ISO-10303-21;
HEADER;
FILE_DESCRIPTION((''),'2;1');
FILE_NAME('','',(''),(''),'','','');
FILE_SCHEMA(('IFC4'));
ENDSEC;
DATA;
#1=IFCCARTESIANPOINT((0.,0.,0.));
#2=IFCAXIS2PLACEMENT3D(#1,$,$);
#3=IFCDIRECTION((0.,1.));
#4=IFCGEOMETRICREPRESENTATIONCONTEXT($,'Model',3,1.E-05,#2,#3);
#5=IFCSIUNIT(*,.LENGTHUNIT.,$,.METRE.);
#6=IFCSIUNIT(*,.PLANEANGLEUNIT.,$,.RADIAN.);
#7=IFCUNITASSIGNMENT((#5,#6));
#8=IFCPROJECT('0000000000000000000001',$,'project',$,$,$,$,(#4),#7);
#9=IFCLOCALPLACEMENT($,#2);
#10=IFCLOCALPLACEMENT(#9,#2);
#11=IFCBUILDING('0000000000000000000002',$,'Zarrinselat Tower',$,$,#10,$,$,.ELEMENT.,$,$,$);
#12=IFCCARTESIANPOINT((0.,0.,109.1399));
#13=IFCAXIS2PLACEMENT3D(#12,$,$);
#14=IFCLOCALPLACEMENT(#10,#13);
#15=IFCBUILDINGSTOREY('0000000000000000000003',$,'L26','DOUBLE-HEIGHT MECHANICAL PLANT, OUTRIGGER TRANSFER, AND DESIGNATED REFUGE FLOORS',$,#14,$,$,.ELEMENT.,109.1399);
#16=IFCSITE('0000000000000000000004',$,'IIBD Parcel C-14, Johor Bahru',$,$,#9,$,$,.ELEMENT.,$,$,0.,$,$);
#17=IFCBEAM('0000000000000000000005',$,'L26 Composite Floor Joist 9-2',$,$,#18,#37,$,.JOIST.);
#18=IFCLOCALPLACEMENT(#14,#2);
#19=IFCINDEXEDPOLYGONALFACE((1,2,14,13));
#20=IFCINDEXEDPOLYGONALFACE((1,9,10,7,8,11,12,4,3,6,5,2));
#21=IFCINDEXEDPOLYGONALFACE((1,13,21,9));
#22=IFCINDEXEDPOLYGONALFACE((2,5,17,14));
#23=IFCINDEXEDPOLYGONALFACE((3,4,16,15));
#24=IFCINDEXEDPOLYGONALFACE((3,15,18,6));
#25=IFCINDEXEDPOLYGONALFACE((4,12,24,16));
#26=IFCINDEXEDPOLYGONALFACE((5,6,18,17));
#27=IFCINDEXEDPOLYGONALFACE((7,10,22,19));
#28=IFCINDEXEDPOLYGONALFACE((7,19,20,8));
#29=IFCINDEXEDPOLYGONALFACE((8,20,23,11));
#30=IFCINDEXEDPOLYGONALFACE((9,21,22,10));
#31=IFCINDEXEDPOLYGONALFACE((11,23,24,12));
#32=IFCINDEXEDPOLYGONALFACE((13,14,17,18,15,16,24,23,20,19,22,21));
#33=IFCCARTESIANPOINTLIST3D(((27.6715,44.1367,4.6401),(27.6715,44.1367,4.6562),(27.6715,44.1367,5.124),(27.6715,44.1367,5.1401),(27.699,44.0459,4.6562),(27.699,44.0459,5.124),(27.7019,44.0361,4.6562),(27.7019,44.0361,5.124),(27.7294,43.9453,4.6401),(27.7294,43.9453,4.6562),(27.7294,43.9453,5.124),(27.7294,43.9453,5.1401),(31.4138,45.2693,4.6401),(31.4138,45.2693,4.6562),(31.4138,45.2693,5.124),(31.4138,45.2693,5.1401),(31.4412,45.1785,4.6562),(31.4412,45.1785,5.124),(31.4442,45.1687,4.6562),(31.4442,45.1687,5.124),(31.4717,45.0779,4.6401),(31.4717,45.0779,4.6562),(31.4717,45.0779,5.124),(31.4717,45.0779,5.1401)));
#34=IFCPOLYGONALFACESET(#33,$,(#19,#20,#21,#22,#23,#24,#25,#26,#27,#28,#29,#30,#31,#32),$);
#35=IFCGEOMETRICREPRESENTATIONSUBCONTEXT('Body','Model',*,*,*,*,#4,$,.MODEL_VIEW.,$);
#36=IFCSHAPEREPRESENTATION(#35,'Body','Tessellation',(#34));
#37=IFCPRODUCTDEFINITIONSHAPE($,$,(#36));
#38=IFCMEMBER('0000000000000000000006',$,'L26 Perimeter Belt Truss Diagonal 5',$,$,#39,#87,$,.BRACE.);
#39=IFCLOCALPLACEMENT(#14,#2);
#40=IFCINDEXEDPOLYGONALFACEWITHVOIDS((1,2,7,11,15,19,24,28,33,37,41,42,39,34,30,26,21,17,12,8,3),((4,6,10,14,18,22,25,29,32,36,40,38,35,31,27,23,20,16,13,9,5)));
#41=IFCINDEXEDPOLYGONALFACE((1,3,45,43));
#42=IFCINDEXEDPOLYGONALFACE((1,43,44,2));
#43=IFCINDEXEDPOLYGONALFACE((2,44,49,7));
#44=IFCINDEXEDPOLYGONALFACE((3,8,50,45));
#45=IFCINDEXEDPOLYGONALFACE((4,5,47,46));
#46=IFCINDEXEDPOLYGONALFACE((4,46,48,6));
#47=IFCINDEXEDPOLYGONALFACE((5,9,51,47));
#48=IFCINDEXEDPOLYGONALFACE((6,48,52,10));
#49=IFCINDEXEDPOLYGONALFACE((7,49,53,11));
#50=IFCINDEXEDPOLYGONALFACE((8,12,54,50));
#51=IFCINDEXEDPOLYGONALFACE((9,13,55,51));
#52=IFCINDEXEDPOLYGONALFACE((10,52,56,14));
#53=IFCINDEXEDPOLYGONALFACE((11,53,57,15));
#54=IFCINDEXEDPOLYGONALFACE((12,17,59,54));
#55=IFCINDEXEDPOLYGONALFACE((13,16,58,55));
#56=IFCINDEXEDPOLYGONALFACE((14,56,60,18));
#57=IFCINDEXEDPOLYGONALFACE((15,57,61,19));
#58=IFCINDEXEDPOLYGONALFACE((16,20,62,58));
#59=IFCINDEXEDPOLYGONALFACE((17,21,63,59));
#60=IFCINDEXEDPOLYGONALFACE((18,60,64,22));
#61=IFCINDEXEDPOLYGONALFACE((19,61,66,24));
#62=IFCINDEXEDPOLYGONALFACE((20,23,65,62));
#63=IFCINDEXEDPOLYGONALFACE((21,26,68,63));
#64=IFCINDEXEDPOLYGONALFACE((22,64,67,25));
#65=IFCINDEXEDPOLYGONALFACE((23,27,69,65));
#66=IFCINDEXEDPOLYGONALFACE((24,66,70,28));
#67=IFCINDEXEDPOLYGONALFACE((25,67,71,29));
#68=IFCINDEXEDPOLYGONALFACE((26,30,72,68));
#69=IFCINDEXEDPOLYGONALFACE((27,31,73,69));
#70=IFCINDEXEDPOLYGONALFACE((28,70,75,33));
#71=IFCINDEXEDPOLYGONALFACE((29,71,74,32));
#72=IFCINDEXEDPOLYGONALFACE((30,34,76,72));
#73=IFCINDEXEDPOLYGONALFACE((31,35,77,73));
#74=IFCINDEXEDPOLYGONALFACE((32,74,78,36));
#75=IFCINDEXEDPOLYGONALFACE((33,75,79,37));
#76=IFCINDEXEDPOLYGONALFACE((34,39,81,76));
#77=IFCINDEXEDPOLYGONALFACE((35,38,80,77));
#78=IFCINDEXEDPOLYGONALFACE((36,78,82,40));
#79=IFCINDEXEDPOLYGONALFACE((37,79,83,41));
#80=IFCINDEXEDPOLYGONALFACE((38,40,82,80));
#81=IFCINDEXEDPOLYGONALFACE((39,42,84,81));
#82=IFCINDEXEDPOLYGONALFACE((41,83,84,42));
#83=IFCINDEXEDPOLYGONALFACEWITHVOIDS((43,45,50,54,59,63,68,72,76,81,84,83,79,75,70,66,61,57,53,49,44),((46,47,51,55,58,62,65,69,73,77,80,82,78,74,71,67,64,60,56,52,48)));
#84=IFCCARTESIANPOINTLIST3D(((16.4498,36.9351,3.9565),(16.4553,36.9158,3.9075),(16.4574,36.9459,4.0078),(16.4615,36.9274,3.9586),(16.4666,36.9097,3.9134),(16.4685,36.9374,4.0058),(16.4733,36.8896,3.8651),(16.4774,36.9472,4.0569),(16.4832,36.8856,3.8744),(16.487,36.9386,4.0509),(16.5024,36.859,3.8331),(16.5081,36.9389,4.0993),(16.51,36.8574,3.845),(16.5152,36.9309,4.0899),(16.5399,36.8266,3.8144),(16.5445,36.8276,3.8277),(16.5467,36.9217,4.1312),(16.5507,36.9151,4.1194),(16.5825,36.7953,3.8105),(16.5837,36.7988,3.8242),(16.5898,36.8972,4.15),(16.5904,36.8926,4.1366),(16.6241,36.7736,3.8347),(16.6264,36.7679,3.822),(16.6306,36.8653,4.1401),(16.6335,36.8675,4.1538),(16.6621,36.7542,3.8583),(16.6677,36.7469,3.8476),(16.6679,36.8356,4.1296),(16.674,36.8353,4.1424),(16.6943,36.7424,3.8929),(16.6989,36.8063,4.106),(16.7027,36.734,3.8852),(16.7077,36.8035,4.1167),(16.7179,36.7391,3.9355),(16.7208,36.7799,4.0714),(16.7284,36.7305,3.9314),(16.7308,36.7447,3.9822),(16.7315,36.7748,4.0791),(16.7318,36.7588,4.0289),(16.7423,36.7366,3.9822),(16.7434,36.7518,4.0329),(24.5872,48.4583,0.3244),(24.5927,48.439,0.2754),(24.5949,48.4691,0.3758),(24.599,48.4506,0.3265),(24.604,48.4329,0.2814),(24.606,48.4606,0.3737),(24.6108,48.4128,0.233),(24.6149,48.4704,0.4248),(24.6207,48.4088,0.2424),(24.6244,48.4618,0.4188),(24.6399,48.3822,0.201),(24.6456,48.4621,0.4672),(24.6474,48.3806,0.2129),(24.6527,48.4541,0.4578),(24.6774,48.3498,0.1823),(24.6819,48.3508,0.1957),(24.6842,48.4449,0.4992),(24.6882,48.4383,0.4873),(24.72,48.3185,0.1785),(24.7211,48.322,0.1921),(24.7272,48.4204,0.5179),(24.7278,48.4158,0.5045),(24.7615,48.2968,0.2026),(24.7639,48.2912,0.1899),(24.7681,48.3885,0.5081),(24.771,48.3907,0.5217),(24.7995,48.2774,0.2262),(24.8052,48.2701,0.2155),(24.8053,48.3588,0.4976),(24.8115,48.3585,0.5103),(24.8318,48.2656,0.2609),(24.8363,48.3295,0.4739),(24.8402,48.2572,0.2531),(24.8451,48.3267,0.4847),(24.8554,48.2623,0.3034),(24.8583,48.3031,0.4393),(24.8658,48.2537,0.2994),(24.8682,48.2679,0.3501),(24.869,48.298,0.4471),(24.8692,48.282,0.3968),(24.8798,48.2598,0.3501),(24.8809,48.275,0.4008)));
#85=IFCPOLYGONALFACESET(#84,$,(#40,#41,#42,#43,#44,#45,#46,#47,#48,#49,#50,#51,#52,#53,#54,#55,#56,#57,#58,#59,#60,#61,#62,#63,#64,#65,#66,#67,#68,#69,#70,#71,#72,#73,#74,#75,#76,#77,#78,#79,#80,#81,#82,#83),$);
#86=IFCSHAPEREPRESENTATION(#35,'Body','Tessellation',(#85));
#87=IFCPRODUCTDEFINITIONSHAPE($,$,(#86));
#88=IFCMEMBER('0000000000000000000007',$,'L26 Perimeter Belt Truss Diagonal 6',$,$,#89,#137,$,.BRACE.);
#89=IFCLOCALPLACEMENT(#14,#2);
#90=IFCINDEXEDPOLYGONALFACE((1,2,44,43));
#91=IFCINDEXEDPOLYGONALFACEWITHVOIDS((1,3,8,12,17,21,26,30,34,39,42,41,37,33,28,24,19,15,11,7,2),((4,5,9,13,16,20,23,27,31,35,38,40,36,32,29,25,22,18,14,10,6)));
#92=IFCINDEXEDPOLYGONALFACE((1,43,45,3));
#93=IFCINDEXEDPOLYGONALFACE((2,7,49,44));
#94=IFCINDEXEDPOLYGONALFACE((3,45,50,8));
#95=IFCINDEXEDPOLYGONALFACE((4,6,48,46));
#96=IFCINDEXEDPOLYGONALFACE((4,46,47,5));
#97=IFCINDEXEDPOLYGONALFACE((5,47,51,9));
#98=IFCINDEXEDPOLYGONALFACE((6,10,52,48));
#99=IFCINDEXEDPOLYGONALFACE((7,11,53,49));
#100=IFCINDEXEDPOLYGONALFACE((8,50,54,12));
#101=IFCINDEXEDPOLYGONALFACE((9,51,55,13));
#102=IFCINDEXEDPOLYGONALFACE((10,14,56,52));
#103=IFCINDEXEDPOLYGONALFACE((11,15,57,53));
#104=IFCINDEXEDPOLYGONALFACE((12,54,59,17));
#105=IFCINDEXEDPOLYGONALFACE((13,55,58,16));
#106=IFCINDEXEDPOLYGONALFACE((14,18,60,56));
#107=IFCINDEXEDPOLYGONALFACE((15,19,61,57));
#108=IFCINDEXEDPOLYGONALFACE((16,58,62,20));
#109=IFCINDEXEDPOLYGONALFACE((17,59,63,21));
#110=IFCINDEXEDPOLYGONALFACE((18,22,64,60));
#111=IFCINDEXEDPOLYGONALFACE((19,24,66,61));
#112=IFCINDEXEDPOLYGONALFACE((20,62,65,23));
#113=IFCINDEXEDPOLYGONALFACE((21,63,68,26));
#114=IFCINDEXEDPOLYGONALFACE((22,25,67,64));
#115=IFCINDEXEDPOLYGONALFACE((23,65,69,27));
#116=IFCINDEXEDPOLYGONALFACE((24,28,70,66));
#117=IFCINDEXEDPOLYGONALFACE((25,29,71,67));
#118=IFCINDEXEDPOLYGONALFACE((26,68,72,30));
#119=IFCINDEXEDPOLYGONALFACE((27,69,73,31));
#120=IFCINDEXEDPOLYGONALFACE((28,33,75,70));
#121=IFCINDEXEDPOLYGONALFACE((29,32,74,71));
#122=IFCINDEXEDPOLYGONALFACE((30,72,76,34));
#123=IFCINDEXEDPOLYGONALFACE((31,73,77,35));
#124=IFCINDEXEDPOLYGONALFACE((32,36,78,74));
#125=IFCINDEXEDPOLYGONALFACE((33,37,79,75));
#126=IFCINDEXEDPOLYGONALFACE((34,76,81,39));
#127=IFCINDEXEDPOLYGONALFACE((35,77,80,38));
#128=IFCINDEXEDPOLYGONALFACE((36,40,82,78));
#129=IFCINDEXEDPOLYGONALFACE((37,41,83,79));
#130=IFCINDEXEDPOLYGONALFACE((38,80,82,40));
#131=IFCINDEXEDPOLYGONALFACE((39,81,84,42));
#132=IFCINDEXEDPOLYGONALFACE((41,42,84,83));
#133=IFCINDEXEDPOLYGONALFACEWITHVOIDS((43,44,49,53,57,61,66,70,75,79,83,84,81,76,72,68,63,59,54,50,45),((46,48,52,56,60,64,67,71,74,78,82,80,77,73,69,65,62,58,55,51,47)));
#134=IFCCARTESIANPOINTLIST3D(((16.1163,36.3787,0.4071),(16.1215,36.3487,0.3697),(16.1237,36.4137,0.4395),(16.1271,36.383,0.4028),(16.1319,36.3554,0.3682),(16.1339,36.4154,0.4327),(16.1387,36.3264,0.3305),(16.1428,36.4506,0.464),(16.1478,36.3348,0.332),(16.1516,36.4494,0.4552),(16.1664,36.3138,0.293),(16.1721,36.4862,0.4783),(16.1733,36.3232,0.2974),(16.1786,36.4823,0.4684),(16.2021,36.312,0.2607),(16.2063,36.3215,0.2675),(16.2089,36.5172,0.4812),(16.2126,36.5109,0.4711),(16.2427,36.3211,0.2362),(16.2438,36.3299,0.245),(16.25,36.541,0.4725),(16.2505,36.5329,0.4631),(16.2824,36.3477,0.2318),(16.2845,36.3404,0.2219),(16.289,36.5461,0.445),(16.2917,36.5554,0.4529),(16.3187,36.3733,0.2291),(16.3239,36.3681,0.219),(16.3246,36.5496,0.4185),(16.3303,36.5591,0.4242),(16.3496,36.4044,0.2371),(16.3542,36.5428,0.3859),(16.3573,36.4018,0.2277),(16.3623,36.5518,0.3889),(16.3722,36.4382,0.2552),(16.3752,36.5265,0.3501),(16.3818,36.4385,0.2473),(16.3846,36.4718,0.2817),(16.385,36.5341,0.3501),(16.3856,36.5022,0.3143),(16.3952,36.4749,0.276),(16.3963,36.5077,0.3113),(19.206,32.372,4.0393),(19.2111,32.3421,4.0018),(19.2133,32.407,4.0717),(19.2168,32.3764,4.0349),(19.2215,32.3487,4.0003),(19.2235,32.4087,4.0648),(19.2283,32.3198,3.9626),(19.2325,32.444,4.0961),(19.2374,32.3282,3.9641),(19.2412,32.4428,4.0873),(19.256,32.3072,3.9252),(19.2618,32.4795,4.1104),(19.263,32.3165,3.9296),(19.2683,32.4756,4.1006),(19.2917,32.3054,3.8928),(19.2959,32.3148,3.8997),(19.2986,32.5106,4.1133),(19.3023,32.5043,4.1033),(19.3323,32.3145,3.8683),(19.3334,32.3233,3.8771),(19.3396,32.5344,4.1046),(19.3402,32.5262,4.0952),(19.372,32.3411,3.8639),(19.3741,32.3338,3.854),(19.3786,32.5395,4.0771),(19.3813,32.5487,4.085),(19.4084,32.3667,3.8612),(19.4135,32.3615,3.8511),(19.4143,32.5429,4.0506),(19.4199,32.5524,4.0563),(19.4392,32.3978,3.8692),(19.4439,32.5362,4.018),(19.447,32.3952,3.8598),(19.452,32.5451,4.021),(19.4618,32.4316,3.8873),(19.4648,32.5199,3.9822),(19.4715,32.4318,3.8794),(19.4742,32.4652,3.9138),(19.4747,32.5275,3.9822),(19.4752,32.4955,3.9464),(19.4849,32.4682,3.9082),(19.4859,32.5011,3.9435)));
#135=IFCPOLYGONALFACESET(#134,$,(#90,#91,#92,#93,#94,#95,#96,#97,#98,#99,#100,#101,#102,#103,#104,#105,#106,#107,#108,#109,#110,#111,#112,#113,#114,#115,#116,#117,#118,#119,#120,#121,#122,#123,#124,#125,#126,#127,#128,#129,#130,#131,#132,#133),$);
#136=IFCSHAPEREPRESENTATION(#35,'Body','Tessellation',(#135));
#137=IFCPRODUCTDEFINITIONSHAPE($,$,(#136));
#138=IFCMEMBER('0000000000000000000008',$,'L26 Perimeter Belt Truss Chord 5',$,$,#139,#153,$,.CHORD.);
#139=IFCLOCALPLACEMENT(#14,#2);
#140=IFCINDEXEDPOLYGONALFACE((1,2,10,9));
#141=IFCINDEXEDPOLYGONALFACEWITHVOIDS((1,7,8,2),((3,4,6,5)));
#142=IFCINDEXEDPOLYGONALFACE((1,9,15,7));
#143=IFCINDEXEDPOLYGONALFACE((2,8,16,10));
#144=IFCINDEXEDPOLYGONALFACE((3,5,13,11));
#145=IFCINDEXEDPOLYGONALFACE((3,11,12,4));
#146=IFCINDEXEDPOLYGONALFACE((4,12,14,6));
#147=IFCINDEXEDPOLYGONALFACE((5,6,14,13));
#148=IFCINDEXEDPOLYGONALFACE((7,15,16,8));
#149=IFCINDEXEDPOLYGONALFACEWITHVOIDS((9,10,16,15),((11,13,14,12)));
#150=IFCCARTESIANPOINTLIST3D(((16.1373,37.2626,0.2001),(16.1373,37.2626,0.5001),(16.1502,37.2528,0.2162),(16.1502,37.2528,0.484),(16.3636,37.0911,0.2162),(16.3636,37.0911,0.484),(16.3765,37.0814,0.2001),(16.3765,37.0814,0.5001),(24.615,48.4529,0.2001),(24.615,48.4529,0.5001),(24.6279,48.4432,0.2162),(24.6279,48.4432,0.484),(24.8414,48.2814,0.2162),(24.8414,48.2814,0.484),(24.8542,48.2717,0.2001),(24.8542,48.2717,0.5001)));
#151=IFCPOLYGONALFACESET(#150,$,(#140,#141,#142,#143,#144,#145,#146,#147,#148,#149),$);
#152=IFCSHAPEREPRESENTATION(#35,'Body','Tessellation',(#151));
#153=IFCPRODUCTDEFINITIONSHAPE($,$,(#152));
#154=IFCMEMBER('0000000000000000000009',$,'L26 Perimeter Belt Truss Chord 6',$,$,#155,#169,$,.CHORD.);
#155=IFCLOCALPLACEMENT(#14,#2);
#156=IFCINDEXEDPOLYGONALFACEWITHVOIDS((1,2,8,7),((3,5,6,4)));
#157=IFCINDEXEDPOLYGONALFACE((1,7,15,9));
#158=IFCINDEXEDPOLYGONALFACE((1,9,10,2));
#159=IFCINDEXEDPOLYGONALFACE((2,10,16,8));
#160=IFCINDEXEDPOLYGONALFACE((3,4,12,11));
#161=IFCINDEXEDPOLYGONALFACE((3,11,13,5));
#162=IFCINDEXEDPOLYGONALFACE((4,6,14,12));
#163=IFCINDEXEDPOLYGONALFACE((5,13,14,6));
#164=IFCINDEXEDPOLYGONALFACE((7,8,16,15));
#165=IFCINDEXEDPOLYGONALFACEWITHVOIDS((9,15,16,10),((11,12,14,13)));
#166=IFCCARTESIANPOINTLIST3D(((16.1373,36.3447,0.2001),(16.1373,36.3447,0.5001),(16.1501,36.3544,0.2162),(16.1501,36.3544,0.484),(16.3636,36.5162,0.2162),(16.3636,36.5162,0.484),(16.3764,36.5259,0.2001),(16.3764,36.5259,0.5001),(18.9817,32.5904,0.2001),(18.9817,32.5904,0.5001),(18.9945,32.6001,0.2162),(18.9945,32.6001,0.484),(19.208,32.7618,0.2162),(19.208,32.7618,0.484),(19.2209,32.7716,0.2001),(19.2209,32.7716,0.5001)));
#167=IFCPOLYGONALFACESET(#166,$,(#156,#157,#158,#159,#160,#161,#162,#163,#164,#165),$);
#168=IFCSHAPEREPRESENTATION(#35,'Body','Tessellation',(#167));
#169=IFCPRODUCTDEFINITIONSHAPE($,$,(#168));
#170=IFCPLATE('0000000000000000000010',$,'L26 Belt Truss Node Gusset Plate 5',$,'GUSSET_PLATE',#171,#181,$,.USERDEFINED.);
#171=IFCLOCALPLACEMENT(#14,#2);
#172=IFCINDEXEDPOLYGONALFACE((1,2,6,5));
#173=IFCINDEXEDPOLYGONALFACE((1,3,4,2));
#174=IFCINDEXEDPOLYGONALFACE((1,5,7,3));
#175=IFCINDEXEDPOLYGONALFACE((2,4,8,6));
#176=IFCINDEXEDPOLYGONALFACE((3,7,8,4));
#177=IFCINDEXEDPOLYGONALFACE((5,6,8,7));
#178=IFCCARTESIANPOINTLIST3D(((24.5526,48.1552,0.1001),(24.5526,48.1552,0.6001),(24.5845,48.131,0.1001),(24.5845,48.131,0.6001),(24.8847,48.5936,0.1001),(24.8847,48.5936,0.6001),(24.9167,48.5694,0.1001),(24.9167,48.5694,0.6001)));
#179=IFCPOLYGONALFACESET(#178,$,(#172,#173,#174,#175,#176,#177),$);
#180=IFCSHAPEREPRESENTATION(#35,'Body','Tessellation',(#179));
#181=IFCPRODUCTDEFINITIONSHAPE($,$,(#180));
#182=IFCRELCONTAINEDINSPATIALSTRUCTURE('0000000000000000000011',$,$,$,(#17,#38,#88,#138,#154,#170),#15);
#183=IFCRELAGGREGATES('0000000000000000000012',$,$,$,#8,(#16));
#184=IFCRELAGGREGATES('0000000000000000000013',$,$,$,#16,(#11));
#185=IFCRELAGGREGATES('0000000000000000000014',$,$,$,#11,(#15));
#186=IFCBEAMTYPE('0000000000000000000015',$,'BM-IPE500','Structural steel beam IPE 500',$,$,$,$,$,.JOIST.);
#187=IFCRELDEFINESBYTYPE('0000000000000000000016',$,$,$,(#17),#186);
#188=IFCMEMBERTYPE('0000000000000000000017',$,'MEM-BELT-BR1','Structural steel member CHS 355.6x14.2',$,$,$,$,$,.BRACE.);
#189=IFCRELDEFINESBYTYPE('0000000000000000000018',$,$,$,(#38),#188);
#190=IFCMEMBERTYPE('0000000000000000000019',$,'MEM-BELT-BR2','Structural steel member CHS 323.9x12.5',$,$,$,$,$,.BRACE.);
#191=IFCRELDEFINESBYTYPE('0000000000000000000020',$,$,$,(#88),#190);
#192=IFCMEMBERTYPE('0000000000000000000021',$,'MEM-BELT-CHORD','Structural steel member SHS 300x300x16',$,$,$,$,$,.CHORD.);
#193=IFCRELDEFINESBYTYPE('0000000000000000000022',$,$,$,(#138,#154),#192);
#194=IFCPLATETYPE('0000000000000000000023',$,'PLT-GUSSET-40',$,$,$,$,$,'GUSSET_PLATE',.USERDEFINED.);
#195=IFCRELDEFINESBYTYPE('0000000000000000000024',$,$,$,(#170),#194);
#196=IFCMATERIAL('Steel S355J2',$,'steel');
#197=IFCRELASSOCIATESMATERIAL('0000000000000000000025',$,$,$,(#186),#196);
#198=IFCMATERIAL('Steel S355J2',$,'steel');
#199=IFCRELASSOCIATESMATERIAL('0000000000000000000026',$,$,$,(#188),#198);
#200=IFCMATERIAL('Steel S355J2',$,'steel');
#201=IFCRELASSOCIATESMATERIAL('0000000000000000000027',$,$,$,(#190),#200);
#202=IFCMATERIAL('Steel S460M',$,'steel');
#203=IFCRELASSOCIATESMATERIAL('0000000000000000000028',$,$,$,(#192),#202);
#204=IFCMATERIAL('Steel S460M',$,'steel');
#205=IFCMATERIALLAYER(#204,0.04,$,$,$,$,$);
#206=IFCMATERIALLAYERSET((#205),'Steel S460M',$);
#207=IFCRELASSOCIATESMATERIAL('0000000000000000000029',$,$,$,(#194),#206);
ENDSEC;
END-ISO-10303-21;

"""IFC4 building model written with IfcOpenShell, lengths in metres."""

from ifc_helpers import new_model, si_unit, direction, frame, origin, origin_2d, place, context, subcontext, project, spatial, rectangle, hollow_rectangle, hollow_circle, i_section, extrude, material, layer, layer_set, material_profile, profile_set, type_object, element, save


model = new_model("IFC4")

# Units and contexts
model_context = context("Model", 3, precision=1e-05, world=origin(), true_north=direction((0.0, 1.0)))
body_context = subcontext(model_context, "Body", "Model", "MODEL_VIEW")
ifc_project = project(units=[si_unit("LENGTHUNIT", "METRE"), si_unit("PLANEANGLEUNIT", "RADIAN")], contexts=[model_context])

# Site, building, storey
site_placement = place(None, origin())
site = spatial("IfcSite", under=ifc_project, at=site_placement, Name="IIBD Parcel C-14, Johor Bahru", CompositionType="ELEMENT", RefElevation=0.0)
building_placement = place(site_placement, origin())
building = spatial("IfcBuilding", under=site, at=building_placement, Name="Zarrinselat Tower", CompositionType="ELEMENT")
storey_placement = place(building_placement, frame((0.0, 0.0, 109.1399)))
storey = spatial("IfcBuildingStorey", under=building, at=storey_placement, Name="L26", Description="DOUBLE-HEIGHT MECHANICAL PLANT, OUTRIGGER TRANSFER, AND DESIGNATED REFUGE FLOORS", CompositionType="ELEMENT", Elevation=109.1399)

# Beam
ifc_material_1 = material(Name="Steel S355J2", Category="steel")
ifc_material_profile_1 = material_profile(ifc_material_1, i_section(OverallWidth=0.2, OverallDepth=0.5, WebThickness=0.0103, FlangeThickness=0.0161, at=origin_2d()), Name="IPE 500")
ifc_profile_set_1 = profile_set([ifc_material_profile_1], Name="Steel S355J2")
beam_type_1 = type_object("IfcBeamType", Name="BM-IPE500", Description="Structural steel beam IPE 500", PredefinedType="JOIST", material=ifc_profile_set_1)
beam_1_placement = place(storey_placement, frame((27.7004, 44.041, 4.8901), z_axis=(0.957126, 0.289673, 0.0), x_axis=(-0.289673, 0.957126, 0.0)))
element("IfcBeam", 1, at=beam_1_placement, inside=storey, type_object=beam_type_1, Name="L26 Composite Floor Joist 9-2", PredefinedType="JOIST", context=body_context, shape_type="SweptSolid", body=[
    extrude(i_section(OverallWidth=0.2, OverallDepth=0.5, WebThickness=0.0103, FlangeThickness=0.0161, at=origin_2d()), origin(), (0.0, 0.0, 1.0), 3.9099),
])

# Members
ifc_material_2 = material(Name="Steel S355J2", Category="steel")
ifc_material_profile_2 = material_profile(ifc_material_2, hollow_circle(Radius=0.1777, WallThickness=0.0142, at=origin_2d()), Name="CHS 355.6x14.2")
ifc_profile_set_2 = profile_set([ifc_material_profile_2], Name="Steel S355J2")
member_type_1 = type_object("IfcMemberType", Name="MEM-BELT-BR1", Description="Structural steel member CHS 355.6x14.2", PredefinedType="BRACE", material=ifc_profile_set_2)
member_1_placement = place(storey_placement, frame((24.7346, 48.3623, 0.3501), z_axis=(-0.558627, -0.791054, 0.249338), x_axis=(0.816853, -0.576846, 0.0)))
element("IfcMember", 2, at=member_1_placement, inside=storey, type_object=member_type_1, Name="L26 Perimeter Belt Truss Diagonal 5", PredefinedType="BRACE", context=body_context, shape_type="SweptSolid", body=[
    extrude(hollow_circle(Radius=0.1777, WallThickness=0.0142, at=origin_2d()), origin(), (0.0, 0.0, 1.0), 14.5669),
])
ifc_material_3 = material(Name="Steel S355J2", Category="steel")
ifc_material_profile_3 = material_profile(ifc_material_3, hollow_circle(Radius=0.1619, WallThickness=0.0125, at=origin_2d()), Name="CHS 323.9x12.5")
ifc_profile_set_3 = profile_set([ifc_material_profile_3], Name="Steel S355J2")
member_type_2 = type_object("IfcMemberType", Name="MEM-BELT-BR2", Description="Structural steel member CHS 323.9x12.5", PredefinedType="BRACE", material=ifc_profile_set_3)
member_2_placement = place(storey_placement, frame((16.2568, 36.4353, 0.3501), z_axis=(0.496067, -0.643299, 0.583167), x_axis=(0.791897, 0.610655, 0.0)))
element("IfcMember", 3, at=member_2_placement, inside=storey, type_object=member_type_2, Name="L26 Perimeter Belt Truss Diagonal 6", PredefinedType="BRACE", context=body_context, shape_type="SweptSolid", body=[
    extrude(hollow_circle(Radius=0.1619, WallThickness=0.0125, at=origin_2d()), origin(), (0.0, 0.0, 1.0), 6.2283),
])
ifc_material_4 = material(Name="Steel S460M", Category="steel")
ifc_material_profile_4 = material_profile(ifc_material_4, hollow_rectangle(XDim=0.3, YDim=0.3, WallThickness=0.0161, at=origin_2d()), Name="SHS 300x300x16")
ifc_profile_set_4 = profile_set([ifc_material_profile_4], Name="Steel S460M")
member_type_3 = type_object("IfcMemberType", Name="MEM-BELT-CHORD", Description="Structural steel member SHS 300x300x16", PredefinedType="CHORD", material=ifc_profile_set_4)
member_3_placement = place(storey_placement, frame((24.7346, 48.3623, 0.3501), z_axis=(-0.603866, -0.797086, 0.0), x_axis=(0.797086, -0.603866, 0.0)))
element("IfcMember", 4, at=member_3_placement, inside=storey, type_object=member_type_3, Name="L26 Perimeter Belt Truss Chord 5", PredefinedType="CHORD", context=body_context, shape_type="SweptSolid", body=[
    extrude(hollow_rectangle(XDim=0.3, YDim=0.3, WallThickness=0.0161, at=origin_2d()), origin(), (0.0, 0.0, 1.0), 14.0391),
])
member_4_placement = place(storey_placement, frame((16.2568, 36.4353, 0.3501), z_axis=(0.603891, -0.797067, 0.0), x_axis=(0.797067, 0.603891, 0.0)))
element("IfcMember", 5, at=member_4_placement, inside=storey, type_object=member_type_3, Name="L26 Perimeter Belt Truss Chord 6", PredefinedType="CHORD", context=body_context, shape_type="SweptSolid", body=[
    extrude(hollow_rectangle(XDim=0.3, YDim=0.3, WallThickness=0.0161, at=origin_2d()), origin(), (0.0, 0.0, 1.0), 4.7102),
])

# Plate
ifc_material_5 = material(Name="Steel S460M", Category="steel")
ifc_layer_1 = layer(ifc_material_5, 0.04)
ifc_layer_set_1 = layer_set([ifc_layer_1], Name="Steel S460M")
plate_type = type_object("IfcPlateType", Name="PLT-GUSSET-40", ElementType="GUSSET_PLATE", PredefinedType="USERDEFINED", material=ifc_layer_set_1)
for number, where, z_axis, x_axis, name in (
    (6, (24.7346, 48.3623, 0.1001), (0.0, 0.0, 1.0), (-0.603855, -0.797094, 0.0), "L26 Belt Truss Node Gusset Plate 5"),
):
    element("IfcPlate", number, at=place(storey_placement, frame(where, z_axis=z_axis, x_axis=x_axis)), inside=storey, type_object=plate_type, Name=name, ObjectType="GUSSET_PLATE", PredefinedType="USERDEFINED", context=body_context, shape_type="SweptSolid", body=[
        extrude(rectangle(XDim=0.55, YDim=0.04, at=origin_2d()), origin(), (0.0, 0.0, 1.0), 0.5),
    ])

save(model, "model.ifc")
